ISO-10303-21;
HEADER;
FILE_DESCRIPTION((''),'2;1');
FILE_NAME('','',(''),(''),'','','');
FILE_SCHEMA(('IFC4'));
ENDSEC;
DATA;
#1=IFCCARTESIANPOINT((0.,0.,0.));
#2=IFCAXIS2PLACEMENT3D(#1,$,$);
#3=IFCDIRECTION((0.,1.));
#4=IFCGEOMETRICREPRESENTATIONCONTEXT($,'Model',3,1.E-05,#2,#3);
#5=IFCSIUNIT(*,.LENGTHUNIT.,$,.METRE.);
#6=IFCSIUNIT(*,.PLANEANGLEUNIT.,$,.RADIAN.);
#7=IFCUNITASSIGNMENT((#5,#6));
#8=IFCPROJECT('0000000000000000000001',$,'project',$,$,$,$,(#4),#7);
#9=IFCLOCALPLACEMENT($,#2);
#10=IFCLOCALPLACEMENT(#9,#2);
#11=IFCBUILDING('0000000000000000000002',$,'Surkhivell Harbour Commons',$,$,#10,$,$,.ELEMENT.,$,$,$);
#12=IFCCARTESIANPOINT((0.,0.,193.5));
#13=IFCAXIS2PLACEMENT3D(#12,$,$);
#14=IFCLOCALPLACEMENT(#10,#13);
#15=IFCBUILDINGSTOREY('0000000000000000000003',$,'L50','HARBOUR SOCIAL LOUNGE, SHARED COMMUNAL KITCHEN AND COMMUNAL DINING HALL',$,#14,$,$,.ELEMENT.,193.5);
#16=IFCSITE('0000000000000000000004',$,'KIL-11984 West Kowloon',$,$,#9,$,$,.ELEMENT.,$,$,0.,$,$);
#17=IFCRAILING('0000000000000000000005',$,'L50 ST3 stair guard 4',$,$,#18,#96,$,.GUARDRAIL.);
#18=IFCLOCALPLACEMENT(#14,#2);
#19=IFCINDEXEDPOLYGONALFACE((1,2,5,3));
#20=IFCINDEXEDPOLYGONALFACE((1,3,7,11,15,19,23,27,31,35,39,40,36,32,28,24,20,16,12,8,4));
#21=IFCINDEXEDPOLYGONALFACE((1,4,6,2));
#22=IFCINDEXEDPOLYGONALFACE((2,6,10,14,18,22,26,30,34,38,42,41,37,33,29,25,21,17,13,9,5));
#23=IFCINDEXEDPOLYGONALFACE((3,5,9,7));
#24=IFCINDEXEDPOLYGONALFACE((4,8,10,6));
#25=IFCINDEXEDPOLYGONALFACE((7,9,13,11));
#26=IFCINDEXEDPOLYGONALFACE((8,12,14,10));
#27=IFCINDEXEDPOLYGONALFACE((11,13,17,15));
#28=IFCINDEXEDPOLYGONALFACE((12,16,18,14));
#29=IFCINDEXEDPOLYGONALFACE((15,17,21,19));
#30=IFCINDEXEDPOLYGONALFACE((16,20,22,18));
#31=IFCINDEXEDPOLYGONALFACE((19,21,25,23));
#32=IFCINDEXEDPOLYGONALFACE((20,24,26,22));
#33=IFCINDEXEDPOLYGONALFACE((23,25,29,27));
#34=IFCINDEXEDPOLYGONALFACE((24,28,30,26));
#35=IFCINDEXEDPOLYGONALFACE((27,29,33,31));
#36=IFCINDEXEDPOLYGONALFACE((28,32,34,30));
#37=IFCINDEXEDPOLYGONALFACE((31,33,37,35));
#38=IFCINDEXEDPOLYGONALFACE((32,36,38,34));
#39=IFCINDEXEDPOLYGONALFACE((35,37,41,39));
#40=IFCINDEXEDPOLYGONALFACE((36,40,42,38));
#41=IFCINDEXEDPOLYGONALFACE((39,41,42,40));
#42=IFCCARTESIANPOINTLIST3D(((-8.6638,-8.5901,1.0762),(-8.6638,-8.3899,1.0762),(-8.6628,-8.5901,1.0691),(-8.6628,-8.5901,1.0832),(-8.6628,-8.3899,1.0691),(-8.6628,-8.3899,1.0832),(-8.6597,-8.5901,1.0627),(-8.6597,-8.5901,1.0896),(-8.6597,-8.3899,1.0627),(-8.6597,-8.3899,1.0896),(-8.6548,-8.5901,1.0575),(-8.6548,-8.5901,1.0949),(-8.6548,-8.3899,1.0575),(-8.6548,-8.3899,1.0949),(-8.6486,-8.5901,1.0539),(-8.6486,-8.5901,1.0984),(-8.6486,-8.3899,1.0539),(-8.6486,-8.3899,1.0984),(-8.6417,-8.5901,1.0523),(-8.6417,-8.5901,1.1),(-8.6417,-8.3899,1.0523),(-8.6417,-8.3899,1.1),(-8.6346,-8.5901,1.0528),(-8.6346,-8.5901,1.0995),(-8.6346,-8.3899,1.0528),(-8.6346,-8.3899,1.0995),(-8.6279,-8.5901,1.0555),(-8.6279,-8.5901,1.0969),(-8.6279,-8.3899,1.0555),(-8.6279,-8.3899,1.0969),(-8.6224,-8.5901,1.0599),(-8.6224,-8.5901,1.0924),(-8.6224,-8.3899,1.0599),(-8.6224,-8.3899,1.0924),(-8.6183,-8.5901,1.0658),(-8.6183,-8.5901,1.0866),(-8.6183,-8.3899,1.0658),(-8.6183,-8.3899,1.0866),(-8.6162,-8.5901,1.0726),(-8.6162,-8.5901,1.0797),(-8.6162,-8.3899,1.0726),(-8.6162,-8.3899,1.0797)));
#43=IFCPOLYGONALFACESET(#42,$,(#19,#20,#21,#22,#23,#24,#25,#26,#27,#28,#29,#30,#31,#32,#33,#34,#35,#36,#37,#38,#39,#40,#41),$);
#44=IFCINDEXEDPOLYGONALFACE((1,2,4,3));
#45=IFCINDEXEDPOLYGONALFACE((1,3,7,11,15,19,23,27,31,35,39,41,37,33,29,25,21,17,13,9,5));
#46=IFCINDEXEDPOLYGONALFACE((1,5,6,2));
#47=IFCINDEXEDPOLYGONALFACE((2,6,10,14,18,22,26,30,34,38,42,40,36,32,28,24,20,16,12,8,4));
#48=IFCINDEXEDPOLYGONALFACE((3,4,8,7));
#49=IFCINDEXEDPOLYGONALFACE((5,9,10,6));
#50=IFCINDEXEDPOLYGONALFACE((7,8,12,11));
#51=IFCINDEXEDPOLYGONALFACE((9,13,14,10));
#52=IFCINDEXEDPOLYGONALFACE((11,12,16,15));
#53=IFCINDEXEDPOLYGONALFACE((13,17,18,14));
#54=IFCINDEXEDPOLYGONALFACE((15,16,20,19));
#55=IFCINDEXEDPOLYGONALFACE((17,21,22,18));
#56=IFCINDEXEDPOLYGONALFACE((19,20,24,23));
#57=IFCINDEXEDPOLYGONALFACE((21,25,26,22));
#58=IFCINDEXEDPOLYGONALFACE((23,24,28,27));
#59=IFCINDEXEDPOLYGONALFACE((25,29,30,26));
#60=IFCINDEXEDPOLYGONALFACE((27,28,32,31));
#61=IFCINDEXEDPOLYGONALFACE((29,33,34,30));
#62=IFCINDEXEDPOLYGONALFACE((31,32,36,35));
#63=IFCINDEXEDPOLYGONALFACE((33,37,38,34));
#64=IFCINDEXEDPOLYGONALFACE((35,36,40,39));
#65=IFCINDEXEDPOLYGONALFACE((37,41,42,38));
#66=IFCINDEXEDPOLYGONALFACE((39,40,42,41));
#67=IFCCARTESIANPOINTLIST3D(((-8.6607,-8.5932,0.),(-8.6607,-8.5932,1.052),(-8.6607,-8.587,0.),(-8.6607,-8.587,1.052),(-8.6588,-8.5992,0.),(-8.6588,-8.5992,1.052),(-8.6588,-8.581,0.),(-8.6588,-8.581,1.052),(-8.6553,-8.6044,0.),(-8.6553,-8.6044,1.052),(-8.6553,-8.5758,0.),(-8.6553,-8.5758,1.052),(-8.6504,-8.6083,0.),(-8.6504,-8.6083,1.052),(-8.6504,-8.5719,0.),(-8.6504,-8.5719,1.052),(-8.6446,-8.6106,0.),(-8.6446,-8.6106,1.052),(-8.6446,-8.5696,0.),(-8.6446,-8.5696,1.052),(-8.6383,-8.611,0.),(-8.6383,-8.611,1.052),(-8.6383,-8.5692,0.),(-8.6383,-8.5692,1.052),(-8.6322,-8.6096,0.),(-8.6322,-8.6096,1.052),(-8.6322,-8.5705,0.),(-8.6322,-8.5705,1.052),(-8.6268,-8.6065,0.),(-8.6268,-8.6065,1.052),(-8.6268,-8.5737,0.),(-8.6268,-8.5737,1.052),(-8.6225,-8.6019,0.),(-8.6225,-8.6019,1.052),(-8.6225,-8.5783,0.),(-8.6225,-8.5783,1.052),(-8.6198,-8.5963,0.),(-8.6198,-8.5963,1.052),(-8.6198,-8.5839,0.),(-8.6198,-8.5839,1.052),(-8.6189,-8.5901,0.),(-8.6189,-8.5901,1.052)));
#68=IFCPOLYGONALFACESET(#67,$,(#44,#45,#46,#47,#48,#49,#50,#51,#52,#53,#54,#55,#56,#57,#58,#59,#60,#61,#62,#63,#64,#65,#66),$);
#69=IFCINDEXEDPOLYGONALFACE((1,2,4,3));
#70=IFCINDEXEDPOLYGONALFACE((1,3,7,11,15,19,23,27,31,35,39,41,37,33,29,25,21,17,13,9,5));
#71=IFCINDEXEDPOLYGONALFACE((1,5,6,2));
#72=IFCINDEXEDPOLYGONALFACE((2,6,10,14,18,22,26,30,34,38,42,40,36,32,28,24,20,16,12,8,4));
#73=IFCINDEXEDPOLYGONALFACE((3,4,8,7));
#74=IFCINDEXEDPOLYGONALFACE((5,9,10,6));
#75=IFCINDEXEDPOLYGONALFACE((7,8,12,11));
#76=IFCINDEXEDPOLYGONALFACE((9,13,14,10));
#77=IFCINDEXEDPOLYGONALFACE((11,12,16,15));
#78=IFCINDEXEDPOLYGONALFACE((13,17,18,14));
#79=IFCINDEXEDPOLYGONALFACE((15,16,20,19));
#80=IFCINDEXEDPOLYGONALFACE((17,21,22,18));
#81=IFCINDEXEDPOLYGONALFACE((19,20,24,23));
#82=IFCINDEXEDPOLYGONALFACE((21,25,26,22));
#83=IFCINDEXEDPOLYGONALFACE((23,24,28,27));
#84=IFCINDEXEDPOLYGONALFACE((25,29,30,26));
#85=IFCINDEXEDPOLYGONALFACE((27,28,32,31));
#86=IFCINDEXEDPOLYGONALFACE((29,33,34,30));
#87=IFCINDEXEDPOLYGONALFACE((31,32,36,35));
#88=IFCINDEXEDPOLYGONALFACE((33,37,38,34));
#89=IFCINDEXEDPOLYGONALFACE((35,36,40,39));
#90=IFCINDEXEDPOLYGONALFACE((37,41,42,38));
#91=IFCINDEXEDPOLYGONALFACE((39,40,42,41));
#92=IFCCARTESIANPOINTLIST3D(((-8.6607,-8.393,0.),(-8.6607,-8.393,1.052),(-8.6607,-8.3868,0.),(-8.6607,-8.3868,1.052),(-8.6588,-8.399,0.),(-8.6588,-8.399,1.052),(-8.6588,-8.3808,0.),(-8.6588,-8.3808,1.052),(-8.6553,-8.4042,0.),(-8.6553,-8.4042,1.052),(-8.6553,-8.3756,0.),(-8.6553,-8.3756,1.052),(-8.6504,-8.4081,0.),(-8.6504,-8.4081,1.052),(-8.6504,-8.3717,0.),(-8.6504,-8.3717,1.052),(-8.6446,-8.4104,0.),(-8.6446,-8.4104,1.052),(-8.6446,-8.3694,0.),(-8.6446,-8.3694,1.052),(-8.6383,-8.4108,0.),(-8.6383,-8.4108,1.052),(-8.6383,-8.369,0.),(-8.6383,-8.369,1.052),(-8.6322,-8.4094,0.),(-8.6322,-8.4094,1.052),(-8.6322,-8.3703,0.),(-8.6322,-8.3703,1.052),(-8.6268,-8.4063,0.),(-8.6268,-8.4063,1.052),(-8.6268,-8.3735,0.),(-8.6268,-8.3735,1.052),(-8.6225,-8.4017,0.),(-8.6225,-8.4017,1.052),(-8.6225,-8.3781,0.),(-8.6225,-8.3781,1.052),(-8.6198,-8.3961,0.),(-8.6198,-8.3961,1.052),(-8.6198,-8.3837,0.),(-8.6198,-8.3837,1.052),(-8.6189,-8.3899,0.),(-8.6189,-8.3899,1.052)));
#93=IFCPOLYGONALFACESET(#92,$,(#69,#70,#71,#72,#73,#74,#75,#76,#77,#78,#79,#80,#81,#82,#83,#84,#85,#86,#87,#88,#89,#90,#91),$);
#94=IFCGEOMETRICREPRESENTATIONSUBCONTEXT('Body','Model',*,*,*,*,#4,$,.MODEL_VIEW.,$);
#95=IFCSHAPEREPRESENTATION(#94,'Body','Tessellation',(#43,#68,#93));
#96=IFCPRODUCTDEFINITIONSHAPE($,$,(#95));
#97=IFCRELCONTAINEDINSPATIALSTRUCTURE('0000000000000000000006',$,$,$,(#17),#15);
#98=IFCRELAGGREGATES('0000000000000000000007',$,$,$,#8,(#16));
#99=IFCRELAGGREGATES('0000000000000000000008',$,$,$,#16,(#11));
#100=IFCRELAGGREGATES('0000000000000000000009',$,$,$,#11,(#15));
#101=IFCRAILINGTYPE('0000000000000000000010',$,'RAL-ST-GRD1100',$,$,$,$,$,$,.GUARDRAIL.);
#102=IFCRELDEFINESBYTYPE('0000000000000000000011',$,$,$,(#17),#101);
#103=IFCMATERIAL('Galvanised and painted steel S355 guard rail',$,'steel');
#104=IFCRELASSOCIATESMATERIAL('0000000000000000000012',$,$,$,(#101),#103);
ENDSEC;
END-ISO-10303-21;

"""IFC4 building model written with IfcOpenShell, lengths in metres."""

from ifc_helpers import new_model, si_unit, direction, frame, origin, origin_2d, place, context, subcontext, project, spatial, circle, extrude, material, type_object, element, save


model = new_model("IFC4")

# Units and contexts
model_context = context("Model", 3, precision=1e-05, world=origin(), true_north=direction((0.0, 1.0)))
body_context = subcontext(model_context, "Body", "Model", "MODEL_VIEW")
ifc_project = project(units=[si_unit("LENGTHUNIT", "METRE"), si_unit("PLANEANGLEUNIT", "RADIAN")], contexts=[model_context])

# Site, building, storey
site_placement = place(None, origin())
site = spatial("IfcSite", under=ifc_project, at=site_placement, Name="KIL-11984 West Kowloon", CompositionType="ELEMENT", RefElevation=0.0)
building_placement = place(site_placement, origin())
building = spatial("IfcBuilding", under=site, at=building_placement, Name="Surkhivell Harbour Commons", CompositionType="ELEMENT")
storey_placement = place(building_placement, frame((0.0, 0.0, 193.5)))
storey = spatial("IfcBuildingStorey", under=building, at=storey_placement, Name="L50", Description="HARBOUR SOCIAL LOUNGE, SHARED COMMUNAL KITCHEN AND COMMUNAL DINING HALL", CompositionType="ELEMENT", Elevation=193.5)

# Railing
ifc_material_1 = material(Name="Galvanised and painted steel S355 guard rail", Category="steel")
railing_type_1 = type_object("IfcRailingType", Name="RAL-ST-GRD1100", PredefinedType="GUARDRAIL", material=ifc_material_1)
railing_1_placement = place(storey_placement, frame((-8.6399, -8.5901, 0.0)))
element("IfcRailing", 1, at=railing_1_placement, inside=storey, type_object=railing_type_1, Name="L50 ST3 stair guard 4", PredefinedType="GUARDRAIL", context=body_context, shape_type="SweptSolid", body=[
    extrude(circle(Radius=0.0239, at=origin_2d()), frame((0.0, 0.0, 1.0762), z_axis=(0.0, 1.0, 0.0), x_axis=(-1.0, 0.0, 0.0)), (0.0, 0.0, 1.0), 0.2002),
    extrude(circle(Radius=0.021, at=origin_2d()), origin(), (0.0, 0.0, 1.0), 1.052),
    extrude(circle(Radius=0.021, at=origin_2d()), frame((0.0, 0.2002, 0.0)), (0.0, 0.0, 1.0), 1.052),
])

save(model, "model.ifc")
